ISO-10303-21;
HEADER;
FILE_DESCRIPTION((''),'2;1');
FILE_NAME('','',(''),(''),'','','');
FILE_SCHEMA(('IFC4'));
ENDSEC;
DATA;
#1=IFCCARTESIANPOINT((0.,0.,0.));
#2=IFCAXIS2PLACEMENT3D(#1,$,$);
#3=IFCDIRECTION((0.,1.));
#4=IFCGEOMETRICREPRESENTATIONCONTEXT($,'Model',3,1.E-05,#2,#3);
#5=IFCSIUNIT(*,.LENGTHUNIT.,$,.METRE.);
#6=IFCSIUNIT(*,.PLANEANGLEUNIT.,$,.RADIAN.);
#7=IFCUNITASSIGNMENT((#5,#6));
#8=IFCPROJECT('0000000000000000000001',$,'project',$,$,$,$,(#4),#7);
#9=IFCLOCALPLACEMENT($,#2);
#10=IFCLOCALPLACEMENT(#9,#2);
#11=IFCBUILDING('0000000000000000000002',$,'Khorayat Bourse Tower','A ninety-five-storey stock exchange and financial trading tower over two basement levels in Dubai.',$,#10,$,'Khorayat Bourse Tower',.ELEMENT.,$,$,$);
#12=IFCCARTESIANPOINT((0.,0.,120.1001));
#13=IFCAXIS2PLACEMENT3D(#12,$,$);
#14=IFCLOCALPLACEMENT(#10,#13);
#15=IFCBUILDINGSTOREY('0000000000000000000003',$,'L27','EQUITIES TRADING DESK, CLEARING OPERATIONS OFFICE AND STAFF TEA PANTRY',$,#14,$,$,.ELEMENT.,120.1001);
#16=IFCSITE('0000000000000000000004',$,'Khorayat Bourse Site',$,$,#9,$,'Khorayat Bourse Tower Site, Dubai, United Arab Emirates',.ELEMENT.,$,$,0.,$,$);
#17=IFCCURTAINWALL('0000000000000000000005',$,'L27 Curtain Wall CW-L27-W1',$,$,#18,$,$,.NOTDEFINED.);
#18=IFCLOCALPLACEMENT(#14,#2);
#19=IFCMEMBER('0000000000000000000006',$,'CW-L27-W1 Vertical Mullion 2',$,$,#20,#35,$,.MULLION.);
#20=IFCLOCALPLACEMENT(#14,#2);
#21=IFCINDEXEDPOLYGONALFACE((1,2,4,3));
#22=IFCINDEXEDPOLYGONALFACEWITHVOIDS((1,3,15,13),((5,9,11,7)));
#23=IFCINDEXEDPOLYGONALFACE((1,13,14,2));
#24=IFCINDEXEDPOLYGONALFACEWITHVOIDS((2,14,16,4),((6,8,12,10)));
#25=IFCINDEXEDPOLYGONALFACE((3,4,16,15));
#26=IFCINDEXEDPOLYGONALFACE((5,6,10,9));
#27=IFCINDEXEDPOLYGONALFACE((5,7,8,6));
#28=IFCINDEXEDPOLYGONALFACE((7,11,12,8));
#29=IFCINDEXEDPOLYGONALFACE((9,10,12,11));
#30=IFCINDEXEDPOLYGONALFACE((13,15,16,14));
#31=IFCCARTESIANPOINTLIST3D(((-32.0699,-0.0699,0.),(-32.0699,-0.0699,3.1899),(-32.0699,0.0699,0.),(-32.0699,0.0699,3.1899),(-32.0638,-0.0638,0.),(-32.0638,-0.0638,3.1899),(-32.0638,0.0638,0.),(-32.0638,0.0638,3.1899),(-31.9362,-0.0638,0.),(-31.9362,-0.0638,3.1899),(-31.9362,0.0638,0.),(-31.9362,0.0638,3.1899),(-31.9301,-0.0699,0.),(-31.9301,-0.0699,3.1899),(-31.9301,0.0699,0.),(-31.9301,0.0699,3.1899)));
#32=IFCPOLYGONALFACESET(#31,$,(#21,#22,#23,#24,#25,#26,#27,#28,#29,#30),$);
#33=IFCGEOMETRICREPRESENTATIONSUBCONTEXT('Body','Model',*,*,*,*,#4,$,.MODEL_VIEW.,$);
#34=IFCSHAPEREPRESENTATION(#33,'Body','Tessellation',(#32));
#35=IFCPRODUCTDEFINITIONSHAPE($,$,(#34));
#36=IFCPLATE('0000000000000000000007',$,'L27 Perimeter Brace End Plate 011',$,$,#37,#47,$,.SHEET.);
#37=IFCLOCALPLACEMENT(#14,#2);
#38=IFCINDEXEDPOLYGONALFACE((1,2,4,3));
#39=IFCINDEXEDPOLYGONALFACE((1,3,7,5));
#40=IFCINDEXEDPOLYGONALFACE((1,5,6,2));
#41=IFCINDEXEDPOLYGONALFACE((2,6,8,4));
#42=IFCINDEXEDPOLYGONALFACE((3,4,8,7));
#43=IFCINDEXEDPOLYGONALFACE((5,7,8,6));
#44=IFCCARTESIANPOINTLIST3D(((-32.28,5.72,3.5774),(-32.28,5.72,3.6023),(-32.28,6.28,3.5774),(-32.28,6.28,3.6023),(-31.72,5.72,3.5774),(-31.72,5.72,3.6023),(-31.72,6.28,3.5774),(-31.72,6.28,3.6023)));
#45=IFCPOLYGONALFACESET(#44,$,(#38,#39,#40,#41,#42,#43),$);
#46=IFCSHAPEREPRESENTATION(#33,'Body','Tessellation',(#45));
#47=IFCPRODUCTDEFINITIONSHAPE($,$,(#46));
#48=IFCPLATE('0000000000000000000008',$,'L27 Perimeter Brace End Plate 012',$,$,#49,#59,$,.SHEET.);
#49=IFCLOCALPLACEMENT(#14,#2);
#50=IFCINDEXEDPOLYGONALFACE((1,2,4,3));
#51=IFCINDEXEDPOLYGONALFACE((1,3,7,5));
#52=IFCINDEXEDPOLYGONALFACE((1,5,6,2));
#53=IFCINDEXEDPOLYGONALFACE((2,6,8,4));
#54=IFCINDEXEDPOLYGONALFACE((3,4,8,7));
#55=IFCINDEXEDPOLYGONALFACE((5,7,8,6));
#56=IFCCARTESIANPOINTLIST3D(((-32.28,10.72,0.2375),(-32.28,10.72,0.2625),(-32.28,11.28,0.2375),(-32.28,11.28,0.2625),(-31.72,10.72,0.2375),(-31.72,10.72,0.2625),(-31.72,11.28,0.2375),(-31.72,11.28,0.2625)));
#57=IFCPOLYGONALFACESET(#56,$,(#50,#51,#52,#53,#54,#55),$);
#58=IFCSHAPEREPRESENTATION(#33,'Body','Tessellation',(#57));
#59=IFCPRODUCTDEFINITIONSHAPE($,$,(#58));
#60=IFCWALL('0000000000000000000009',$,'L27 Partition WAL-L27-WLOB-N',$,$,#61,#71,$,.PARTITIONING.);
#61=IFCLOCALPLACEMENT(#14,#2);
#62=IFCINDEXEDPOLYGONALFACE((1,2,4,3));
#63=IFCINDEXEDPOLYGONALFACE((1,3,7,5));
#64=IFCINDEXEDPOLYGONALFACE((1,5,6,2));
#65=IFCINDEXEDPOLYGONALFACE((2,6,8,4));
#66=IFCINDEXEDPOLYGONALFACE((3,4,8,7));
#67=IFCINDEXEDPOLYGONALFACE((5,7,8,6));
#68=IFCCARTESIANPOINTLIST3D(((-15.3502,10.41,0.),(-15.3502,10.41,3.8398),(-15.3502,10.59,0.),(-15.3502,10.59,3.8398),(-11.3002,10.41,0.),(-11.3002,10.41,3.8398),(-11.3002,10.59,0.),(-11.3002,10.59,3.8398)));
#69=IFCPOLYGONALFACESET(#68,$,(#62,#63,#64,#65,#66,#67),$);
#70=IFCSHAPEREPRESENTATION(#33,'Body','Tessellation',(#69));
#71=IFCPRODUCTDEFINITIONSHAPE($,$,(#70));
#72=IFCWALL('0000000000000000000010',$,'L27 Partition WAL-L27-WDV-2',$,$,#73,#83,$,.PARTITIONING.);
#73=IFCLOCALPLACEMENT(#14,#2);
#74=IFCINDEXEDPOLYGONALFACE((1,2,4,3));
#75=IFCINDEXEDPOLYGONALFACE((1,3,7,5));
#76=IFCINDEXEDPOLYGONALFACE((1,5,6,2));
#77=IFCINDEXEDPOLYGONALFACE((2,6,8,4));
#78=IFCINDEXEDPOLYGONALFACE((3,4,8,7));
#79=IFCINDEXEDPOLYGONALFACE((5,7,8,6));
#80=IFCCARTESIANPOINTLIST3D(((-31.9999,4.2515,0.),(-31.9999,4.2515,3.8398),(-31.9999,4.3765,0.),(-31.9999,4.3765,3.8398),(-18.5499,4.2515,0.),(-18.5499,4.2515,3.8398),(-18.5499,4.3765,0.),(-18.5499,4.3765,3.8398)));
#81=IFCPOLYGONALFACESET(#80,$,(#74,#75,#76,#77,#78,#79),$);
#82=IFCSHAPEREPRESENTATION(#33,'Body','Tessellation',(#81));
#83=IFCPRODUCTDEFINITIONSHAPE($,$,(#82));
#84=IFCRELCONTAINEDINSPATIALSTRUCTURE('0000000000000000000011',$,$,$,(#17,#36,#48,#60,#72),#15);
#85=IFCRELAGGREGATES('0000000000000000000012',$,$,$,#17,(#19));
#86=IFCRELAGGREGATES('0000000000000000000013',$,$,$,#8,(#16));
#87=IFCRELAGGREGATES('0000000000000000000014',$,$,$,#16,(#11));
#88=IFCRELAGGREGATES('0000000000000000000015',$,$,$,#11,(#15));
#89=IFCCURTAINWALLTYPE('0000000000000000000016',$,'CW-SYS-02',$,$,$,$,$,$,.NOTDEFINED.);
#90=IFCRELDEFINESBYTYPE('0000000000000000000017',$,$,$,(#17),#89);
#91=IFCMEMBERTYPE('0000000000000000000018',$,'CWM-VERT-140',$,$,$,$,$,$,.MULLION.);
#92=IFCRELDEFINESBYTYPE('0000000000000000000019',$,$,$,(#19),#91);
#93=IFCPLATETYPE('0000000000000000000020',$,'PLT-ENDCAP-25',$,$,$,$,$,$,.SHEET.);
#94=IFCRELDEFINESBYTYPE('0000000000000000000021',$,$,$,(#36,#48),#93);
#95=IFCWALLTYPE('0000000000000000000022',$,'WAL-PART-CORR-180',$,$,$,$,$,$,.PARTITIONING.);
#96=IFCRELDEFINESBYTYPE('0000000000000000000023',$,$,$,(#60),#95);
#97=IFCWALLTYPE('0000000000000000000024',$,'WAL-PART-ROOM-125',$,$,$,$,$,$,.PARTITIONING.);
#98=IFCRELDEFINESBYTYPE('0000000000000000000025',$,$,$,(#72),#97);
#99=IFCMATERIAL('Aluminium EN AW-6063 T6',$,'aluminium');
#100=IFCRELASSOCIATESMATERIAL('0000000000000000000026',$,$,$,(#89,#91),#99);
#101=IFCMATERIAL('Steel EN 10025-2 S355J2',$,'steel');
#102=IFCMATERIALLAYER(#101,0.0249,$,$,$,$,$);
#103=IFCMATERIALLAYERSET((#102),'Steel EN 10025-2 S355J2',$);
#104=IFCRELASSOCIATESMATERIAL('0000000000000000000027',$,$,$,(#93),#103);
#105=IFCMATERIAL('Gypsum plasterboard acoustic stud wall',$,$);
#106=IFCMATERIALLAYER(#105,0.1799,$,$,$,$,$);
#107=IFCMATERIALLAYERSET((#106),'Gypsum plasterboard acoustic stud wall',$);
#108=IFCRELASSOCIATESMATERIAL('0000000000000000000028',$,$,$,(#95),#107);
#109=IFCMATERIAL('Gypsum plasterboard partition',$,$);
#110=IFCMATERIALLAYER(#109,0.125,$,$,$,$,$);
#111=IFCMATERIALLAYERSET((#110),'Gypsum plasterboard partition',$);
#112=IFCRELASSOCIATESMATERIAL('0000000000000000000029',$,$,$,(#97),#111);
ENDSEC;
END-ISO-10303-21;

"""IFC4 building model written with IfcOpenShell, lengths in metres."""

from ifc_helpers import new_model, si_unit, direction, frame, frame_2d, origin, origin_2d, place, context, subcontext, project, spatial, rectangle, hollow_rectangle, extrude, source, transform, mapped, material, layer, layer_set, material_profile, profile_set, type_object, element, aggregate, save


model = new_model("IFC4")

# Units and contexts
model_context = context("Model", 3, precision=1e-05, world=origin(), true_north=direction((0.0, 1.0)))
body_context = subcontext(model_context, "Body", "Model", "MODEL_VIEW")
ifc_project = project(units=[si_unit("LENGTHUNIT", "METRE"), si_unit("PLANEANGLEUNIT", "RADIAN")], contexts=[model_context])

# Site, building, storey
site_placement = place(None, origin())
site = spatial("IfcSite", under=ifc_project, at=site_placement, Name="Khorayat Bourse Site", LongName="Khorayat Bourse Tower Site, Dubai, United Arab Emirates", CompositionType="ELEMENT", RefElevation=0.0)
building_placement = place(site_placement, origin())
building = spatial("IfcBuilding", under=site, at=building_placement, Name="Khorayat Bourse Tower", Description="A ninety-five-storey stock exchange and financial trading tower over two basement levels in Dubai.", LongName="Khorayat Bourse Tower", CompositionType="ELEMENT")
storey_placement = place(building_placement, frame((0.0, 0.0, 120.1001)))
storey = spatial("IfcBuildingStorey", under=building, at=storey_placement, Name="L27", Description="EQUITIES TRADING DESK, CLEARING OPERATIONS OFFICE AND STAFF TEA PANTRY", CompositionType="ELEMENT", Elevation=120.1001)

# Curtain wall, member
ifc_material_1 = material(Name="Aluminium EN AW-6063 T6", Category="aluminium")
curtain_wall_type = type_object("IfcCurtainWallType", Name="CW-SYS-02", PredefinedType="NOTDEFINED", material=ifc_material_1)
curtain_wall_placement = place(storey_placement, origin())
curtain_wall = element("IfcCurtainWall", 1, at=curtain_wall_placement, inside=storey, type_object=curtain_wall_type, Name="L27 Curtain Wall CW-L27-W1", PredefinedType="NOTDEFINED")
ifc_material_profile_1 = material_profile(ifc_material_1, hollow_rectangle(XDim=0.1399, YDim=0.1399, WallThickness=0.0061, at=origin_2d()), Name="ALU 140x140x6")
ifc_profile_set_1 = profile_set([ifc_material_profile_1], Name="Aluminium EN AW-6063 T6")
member_type_1 = type_object("IfcMemberType", Name="CWM-VERT-140", PredefinedType="MULLION", material=ifc_profile_set_1)
shared_shape_1 = source(origin(), body_context, "Body", "SweptSolid", [
    extrude(hollow_rectangle(XDim=0.1399, YDim=0.1399, WallThickness=0.0061, at=origin_2d()), origin(), (0.0, 0.0, 1.0), 3.1899),
])
member_1_placement = place(storey_placement, frame((-32.0, 0.0, 0.0), z_axis=(0.0, 0.0, 1.0), x_axis=(-1.0, 0.0, 0.0)))
member_1 = element("IfcMember", 2, at=member_1_placement, type_object=member_type_1, Name="CW-L27-W1 Vertical Mullion 2", PredefinedType="MULLION", context=body_context, shape_type="MappedRepresentation", body=[
    mapped(shared_shape_1, transform((0.0, 0.0, 0.0), scale=1.0)),
])
aggregate(curtain_wall, [member_1])

# Plates
ifc_material_2 = material(Name="Steel EN 10025-2 S355J2", Category="steel")
ifc_layer_1 = layer(ifc_material_2, 0.0249)
ifc_layer_set_1 = layer_set([ifc_layer_1], Name="Steel EN 10025-2 S355J2")
plate_type = type_object("IfcPlateType", Name="PLT-ENDCAP-25", PredefinedType="SHEET", material=ifc_layer_set_1)
shared_shape_2 = source(origin(), body_context, "Body", "SweptSolid", [
    extrude(rectangle(XDim=0.5601, YDim=0.5601, at=origin_2d()), origin(), (0.0, 0.0, 1.0), 0.0249),
])
for number, where, z_axis, x_axis, name in (
    (3, (-32.0, 6.0, 3.5774), (0.0, 0.0, 1.0), (1.0, 0.0, 0.0), "L27 Perimeter Brace End Plate 011"),
    (4, (-32.0, 11.0, 0.2375), (0.0, 0.0, 1.0), (1.0, 0.0, 0.0), "L27 Perimeter Brace End Plate 012"),
):
    element("IfcPlate", number, at=place(storey_placement, frame(where, z_axis=z_axis, x_axis=x_axis)), inside=storey, type_object=plate_type, Name=name, PredefinedType="SHEET", context=body_context, shape_type="MappedRepresentation", body=[
        mapped(shared_shape_2, transform((0.0, 0.0, 0.0), scale=1.0)),
    ])

# Walls
ifc_material_3 = material(Name="Gypsum plasterboard acoustic stud wall")
ifc_layer_2 = layer(ifc_material_3, 0.1799)
ifc_layer_set_2 = layer_set([ifc_layer_2], Name="Gypsum plasterboard acoustic stud wall")
wall_type_1 = type_object("IfcWallType", Name="WAL-PART-CORR-180", PredefinedType="PARTITIONING", material=ifc_layer_set_2)
shared_shape_3 = source(origin(), body_context, "Body", "SweptSolid", [
    extrude(rectangle(XDim=4.05, YDim=0.1799, at=frame_2d((2.0249, 0.0))), origin(), (0.0, 0.0, 1.0), 3.8398),
])
wall_1_placement = place(storey_placement, frame((-15.3501, 10.5, 0.0), z_axis=(0.0, 0.0, 1.0), x_axis=(1.0, 0.0, 0.0)))
element("IfcWall", 5, at=wall_1_placement, inside=storey, type_object=wall_type_1, Name="L27 Partition WAL-L27-WLOB-N", PredefinedType="PARTITIONING", context=body_context, shape_type="MappedRepresentation", body=[
    mapped(shared_shape_3, transform((0.0, 0.0, 0.0), scale=1.0)),
])
ifc_material_4 = material(Name="Gypsum plasterboard partition")
ifc_layer_3 = layer(ifc_material_4, 0.125)
ifc_layer_set_3 = layer_set([ifc_layer_3], Name="Gypsum plasterboard partition")
wall_type_2 = type_object("IfcWallType", Name="WAL-PART-ROOM-125", PredefinedType="PARTITIONING", material=ifc_layer_set_3)
shared_shape_4 = source(origin(), body_context, "Body", "SweptSolid", [
    extrude(rectangle(XDim=13.45, YDim=0.125, at=frame_2d((6.7251, 0.0))), origin(), (0.0, 0.0, 1.0), 3.8398),
])
wall_2_placement = place(storey_placement, frame((-32.0, 4.314, 0.0), z_axis=(0.0, 0.0, 1.0), x_axis=(1.0, 0.0, 0.0)))
element("IfcWall", 6, at=wall_2_placement, inside=storey, type_object=wall_type_2, Name="L27 Partition WAL-L27-WDV-2", PredefinedType="PARTITIONING", context=body_context, shape_type="MappedRepresentation", body=[
    mapped(shared_shape_4, transform((0.0, 0.0, 0.0), scale=1.0)),
])

save(model, "model.ifc")
